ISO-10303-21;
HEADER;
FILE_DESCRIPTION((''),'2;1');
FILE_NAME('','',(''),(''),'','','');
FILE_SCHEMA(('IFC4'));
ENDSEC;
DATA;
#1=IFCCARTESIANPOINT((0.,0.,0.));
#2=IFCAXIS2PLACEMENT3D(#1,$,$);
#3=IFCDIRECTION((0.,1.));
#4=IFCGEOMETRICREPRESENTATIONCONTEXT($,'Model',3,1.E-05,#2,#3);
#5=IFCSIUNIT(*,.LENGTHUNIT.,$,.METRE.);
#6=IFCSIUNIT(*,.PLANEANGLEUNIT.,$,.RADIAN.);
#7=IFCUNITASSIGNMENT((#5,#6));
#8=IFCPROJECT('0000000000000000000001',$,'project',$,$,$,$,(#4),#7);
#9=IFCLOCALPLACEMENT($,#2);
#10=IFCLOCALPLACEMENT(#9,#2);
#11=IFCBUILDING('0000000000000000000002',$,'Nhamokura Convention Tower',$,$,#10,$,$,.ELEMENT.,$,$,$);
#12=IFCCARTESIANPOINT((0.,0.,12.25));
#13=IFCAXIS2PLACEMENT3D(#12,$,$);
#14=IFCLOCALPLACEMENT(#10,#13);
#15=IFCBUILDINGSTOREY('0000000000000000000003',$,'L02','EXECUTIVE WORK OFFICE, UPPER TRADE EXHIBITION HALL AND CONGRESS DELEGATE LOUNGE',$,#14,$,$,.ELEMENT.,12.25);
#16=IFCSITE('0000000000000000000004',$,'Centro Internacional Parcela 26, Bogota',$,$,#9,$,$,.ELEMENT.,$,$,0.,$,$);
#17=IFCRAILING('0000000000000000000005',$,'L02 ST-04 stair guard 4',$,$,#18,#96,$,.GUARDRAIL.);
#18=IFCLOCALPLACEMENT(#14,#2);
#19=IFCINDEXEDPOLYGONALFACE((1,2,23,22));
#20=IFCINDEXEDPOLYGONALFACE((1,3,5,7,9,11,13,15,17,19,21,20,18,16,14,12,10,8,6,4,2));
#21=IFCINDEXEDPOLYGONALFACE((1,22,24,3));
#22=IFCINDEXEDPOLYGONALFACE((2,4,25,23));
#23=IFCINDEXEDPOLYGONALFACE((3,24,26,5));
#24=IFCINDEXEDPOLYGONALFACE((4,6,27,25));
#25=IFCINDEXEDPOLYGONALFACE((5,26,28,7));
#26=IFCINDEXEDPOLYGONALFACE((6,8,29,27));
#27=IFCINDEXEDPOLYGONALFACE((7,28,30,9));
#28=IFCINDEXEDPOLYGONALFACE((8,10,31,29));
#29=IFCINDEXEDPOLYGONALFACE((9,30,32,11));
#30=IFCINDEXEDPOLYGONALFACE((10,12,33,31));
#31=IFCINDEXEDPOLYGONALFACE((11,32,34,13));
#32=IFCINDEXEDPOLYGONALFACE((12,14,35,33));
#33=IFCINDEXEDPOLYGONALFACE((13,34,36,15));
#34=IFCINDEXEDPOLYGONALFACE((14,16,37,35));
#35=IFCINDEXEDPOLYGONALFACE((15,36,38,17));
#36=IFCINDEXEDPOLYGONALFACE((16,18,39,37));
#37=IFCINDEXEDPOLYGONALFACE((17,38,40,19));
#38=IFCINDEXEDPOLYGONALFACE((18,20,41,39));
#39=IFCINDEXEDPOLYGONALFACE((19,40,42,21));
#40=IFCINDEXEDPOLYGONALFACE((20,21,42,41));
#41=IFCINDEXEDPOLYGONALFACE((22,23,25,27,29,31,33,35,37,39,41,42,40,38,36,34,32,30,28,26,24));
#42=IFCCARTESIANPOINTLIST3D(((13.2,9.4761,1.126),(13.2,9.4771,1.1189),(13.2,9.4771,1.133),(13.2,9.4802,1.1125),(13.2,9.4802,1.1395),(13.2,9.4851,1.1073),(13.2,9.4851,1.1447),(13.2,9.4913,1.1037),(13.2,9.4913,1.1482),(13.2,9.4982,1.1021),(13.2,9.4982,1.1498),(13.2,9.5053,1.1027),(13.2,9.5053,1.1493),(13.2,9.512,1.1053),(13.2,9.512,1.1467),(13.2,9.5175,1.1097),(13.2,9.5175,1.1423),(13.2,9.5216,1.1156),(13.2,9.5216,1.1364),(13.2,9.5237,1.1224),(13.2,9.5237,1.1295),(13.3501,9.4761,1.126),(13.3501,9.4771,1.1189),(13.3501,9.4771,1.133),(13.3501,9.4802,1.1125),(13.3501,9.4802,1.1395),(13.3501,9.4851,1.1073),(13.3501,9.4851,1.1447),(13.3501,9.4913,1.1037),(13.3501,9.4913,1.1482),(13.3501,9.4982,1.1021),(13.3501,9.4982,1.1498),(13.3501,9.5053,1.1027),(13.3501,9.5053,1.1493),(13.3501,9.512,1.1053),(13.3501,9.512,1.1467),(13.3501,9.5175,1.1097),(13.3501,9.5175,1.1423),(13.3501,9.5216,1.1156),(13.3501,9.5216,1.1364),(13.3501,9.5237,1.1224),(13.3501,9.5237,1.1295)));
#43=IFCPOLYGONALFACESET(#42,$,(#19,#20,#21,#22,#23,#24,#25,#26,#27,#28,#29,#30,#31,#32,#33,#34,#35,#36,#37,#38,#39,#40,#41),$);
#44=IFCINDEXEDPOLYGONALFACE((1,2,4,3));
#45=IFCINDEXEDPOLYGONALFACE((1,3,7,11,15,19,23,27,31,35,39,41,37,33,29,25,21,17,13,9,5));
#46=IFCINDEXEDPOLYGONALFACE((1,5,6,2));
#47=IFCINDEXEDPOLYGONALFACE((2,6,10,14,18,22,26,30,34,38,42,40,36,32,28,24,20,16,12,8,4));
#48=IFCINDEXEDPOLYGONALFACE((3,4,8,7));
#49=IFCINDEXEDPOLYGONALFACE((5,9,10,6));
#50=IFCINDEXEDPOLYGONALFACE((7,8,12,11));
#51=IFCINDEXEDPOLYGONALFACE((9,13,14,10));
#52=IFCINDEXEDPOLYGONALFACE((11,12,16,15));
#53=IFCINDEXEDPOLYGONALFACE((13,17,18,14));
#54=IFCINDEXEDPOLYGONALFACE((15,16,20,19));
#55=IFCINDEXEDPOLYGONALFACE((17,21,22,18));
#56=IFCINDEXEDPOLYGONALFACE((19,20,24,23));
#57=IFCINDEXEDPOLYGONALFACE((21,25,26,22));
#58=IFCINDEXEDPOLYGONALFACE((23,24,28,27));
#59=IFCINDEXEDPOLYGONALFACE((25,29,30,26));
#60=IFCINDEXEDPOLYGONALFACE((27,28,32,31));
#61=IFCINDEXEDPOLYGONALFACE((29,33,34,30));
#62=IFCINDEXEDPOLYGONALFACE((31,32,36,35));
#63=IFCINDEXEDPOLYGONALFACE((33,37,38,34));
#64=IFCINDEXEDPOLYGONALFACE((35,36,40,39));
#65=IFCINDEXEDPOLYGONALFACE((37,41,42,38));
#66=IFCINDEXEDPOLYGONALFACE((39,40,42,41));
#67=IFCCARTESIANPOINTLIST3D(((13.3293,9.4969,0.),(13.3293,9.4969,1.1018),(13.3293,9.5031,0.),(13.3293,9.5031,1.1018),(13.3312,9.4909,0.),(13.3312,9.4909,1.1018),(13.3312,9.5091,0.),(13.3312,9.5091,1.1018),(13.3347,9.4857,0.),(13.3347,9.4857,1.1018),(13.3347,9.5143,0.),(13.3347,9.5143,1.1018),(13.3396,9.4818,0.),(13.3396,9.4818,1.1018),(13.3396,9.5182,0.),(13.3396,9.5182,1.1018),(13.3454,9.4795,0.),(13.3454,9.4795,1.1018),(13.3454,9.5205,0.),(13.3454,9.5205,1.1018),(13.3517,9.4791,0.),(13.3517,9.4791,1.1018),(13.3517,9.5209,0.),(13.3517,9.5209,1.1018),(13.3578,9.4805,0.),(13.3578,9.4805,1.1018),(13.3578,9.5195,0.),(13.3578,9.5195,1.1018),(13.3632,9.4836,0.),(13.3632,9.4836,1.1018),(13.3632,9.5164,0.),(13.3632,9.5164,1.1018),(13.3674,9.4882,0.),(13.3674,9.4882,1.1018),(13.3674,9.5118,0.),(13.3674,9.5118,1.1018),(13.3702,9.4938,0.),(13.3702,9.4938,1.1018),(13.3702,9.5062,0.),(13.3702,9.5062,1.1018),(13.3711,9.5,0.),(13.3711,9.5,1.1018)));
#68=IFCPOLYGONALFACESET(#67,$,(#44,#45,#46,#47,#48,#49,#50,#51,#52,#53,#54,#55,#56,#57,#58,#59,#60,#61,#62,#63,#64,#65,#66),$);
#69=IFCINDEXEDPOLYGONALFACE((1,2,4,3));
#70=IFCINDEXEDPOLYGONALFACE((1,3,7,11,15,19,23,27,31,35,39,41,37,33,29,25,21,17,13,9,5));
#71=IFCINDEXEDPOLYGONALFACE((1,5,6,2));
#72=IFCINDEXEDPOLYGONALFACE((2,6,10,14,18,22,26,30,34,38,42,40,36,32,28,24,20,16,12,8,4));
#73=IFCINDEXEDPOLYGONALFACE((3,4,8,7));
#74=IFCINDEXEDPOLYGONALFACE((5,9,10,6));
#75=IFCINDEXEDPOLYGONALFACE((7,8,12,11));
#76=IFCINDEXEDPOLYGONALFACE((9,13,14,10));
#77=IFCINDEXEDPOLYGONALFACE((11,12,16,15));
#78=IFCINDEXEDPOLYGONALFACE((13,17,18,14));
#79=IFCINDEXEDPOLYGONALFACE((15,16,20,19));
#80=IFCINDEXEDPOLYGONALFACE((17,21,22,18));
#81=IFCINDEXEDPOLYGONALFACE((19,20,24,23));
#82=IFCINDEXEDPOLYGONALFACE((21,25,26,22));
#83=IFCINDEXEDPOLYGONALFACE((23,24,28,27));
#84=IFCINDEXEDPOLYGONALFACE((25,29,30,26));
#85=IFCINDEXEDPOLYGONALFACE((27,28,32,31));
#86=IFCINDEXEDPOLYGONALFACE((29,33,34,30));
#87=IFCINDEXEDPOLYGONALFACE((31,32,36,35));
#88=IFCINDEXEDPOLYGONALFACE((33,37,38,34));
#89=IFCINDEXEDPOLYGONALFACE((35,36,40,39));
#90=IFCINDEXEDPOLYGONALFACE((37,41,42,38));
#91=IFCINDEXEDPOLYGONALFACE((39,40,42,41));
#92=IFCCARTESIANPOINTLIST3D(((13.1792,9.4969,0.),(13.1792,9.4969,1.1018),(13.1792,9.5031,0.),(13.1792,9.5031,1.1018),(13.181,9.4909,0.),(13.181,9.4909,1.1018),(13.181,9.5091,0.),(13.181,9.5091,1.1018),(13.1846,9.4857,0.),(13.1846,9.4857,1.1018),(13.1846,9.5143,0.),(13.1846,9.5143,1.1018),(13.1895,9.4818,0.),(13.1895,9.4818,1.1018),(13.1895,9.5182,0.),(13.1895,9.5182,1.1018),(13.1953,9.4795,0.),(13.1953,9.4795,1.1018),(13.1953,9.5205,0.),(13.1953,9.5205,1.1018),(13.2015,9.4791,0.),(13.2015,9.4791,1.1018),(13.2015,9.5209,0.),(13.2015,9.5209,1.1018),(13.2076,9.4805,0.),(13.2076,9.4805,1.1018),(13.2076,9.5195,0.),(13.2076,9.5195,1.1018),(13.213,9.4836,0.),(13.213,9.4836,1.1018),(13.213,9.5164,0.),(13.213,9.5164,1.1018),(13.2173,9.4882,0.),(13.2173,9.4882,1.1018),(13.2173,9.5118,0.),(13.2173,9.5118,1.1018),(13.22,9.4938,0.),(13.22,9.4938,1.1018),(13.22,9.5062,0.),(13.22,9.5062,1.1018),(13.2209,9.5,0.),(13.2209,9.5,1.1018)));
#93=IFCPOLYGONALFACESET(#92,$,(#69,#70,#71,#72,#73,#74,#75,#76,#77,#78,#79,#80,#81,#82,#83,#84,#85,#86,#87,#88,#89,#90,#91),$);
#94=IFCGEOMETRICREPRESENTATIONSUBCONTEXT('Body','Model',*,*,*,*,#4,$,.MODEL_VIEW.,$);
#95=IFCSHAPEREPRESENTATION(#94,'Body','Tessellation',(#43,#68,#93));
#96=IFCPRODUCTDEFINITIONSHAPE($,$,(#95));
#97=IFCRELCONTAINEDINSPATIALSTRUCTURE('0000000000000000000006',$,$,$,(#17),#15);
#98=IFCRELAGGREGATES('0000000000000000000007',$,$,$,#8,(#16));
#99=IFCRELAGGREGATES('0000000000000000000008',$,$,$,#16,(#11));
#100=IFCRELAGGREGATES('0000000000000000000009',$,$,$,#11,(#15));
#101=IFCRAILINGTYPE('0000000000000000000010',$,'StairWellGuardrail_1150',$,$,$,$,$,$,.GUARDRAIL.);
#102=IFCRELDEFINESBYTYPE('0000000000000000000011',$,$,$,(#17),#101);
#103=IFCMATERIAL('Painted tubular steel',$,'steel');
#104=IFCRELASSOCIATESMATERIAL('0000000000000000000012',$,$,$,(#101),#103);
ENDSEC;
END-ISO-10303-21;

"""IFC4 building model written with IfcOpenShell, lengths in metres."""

from ifc_helpers import new_model, si_unit, direction, frame, origin, origin_2d, place, context, subcontext, project, spatial, circle, extrude, material, type_object, element, save


model = new_model("IFC4")

# Units and contexts
model_context = context("Model", 3, precision=1e-05, world=origin(), true_north=direction((0.0, 1.0)))
body_context = subcontext(model_context, "Body", "Model", "MODEL_VIEW")
ifc_project = project(units=[si_unit("LENGTHUNIT", "METRE"), si_unit("PLANEANGLEUNIT", "RADIAN")], contexts=[model_context])

# Site, building, storey
site_placement = place(None, origin())
site = spatial("IfcSite", under=ifc_project, at=site_placement, Name="Centro Internacional Parcela 26, Bogota", CompositionType="ELEMENT", RefElevation=0.0)
building_placement = place(site_placement, origin())
building = spatial("IfcBuilding", under=site, at=building_placement, Name="Nhamokura Convention Tower", CompositionType="ELEMENT")
storey_placement = place(building_placement, frame((0.0, 0.0, 12.25)))
storey = spatial("IfcBuildingStorey", under=building, at=storey_placement, Name="L02", Description="EXECUTIVE WORK OFFICE, UPPER TRADE EXHIBITION HALL AND CONGRESS DELEGATE LOUNGE", CompositionType="ELEMENT", Elevation=12.25)

# Railing
ifc_material_1 = material(Name="Painted tubular steel", Category="steel")
railing_type_1 = type_object("IfcRailingType", Name="StairWellGuardrail_1150", PredefinedType="GUARDRAIL", material=ifc_material_1)
railing_1_placement = place(storey_placement, frame((13.3501, 9.5, 0.0)))
element("IfcRailing", 1, at=railing_1_placement, inside=storey, type_object=railing_type_1, Name="L02 ST-04 stair guard 4", PredefinedType="GUARDRAIL", context=body_context, shape_type="SweptSolid", body=[
    extrude(circle(Radius=0.0239, at=origin_2d()), frame((0.0, 0.0, 1.126), z_axis=(-1.0, 0.0, 0.0), x_axis=(0.0, -1.0, 0.0)), (0.0, 0.0, 1.0), 0.1501),
    extrude(circle(Radius=0.021, at=origin_2d()), origin(), (0.0, 0.0, 1.0), 1.1018),
    extrude(circle(Radius=0.021, at=origin_2d()), frame((-0.1501, 0.0, 0.0)), (0.0, 0.0, 1.0), 1.1018),
])

save(model, "model.ifc")
